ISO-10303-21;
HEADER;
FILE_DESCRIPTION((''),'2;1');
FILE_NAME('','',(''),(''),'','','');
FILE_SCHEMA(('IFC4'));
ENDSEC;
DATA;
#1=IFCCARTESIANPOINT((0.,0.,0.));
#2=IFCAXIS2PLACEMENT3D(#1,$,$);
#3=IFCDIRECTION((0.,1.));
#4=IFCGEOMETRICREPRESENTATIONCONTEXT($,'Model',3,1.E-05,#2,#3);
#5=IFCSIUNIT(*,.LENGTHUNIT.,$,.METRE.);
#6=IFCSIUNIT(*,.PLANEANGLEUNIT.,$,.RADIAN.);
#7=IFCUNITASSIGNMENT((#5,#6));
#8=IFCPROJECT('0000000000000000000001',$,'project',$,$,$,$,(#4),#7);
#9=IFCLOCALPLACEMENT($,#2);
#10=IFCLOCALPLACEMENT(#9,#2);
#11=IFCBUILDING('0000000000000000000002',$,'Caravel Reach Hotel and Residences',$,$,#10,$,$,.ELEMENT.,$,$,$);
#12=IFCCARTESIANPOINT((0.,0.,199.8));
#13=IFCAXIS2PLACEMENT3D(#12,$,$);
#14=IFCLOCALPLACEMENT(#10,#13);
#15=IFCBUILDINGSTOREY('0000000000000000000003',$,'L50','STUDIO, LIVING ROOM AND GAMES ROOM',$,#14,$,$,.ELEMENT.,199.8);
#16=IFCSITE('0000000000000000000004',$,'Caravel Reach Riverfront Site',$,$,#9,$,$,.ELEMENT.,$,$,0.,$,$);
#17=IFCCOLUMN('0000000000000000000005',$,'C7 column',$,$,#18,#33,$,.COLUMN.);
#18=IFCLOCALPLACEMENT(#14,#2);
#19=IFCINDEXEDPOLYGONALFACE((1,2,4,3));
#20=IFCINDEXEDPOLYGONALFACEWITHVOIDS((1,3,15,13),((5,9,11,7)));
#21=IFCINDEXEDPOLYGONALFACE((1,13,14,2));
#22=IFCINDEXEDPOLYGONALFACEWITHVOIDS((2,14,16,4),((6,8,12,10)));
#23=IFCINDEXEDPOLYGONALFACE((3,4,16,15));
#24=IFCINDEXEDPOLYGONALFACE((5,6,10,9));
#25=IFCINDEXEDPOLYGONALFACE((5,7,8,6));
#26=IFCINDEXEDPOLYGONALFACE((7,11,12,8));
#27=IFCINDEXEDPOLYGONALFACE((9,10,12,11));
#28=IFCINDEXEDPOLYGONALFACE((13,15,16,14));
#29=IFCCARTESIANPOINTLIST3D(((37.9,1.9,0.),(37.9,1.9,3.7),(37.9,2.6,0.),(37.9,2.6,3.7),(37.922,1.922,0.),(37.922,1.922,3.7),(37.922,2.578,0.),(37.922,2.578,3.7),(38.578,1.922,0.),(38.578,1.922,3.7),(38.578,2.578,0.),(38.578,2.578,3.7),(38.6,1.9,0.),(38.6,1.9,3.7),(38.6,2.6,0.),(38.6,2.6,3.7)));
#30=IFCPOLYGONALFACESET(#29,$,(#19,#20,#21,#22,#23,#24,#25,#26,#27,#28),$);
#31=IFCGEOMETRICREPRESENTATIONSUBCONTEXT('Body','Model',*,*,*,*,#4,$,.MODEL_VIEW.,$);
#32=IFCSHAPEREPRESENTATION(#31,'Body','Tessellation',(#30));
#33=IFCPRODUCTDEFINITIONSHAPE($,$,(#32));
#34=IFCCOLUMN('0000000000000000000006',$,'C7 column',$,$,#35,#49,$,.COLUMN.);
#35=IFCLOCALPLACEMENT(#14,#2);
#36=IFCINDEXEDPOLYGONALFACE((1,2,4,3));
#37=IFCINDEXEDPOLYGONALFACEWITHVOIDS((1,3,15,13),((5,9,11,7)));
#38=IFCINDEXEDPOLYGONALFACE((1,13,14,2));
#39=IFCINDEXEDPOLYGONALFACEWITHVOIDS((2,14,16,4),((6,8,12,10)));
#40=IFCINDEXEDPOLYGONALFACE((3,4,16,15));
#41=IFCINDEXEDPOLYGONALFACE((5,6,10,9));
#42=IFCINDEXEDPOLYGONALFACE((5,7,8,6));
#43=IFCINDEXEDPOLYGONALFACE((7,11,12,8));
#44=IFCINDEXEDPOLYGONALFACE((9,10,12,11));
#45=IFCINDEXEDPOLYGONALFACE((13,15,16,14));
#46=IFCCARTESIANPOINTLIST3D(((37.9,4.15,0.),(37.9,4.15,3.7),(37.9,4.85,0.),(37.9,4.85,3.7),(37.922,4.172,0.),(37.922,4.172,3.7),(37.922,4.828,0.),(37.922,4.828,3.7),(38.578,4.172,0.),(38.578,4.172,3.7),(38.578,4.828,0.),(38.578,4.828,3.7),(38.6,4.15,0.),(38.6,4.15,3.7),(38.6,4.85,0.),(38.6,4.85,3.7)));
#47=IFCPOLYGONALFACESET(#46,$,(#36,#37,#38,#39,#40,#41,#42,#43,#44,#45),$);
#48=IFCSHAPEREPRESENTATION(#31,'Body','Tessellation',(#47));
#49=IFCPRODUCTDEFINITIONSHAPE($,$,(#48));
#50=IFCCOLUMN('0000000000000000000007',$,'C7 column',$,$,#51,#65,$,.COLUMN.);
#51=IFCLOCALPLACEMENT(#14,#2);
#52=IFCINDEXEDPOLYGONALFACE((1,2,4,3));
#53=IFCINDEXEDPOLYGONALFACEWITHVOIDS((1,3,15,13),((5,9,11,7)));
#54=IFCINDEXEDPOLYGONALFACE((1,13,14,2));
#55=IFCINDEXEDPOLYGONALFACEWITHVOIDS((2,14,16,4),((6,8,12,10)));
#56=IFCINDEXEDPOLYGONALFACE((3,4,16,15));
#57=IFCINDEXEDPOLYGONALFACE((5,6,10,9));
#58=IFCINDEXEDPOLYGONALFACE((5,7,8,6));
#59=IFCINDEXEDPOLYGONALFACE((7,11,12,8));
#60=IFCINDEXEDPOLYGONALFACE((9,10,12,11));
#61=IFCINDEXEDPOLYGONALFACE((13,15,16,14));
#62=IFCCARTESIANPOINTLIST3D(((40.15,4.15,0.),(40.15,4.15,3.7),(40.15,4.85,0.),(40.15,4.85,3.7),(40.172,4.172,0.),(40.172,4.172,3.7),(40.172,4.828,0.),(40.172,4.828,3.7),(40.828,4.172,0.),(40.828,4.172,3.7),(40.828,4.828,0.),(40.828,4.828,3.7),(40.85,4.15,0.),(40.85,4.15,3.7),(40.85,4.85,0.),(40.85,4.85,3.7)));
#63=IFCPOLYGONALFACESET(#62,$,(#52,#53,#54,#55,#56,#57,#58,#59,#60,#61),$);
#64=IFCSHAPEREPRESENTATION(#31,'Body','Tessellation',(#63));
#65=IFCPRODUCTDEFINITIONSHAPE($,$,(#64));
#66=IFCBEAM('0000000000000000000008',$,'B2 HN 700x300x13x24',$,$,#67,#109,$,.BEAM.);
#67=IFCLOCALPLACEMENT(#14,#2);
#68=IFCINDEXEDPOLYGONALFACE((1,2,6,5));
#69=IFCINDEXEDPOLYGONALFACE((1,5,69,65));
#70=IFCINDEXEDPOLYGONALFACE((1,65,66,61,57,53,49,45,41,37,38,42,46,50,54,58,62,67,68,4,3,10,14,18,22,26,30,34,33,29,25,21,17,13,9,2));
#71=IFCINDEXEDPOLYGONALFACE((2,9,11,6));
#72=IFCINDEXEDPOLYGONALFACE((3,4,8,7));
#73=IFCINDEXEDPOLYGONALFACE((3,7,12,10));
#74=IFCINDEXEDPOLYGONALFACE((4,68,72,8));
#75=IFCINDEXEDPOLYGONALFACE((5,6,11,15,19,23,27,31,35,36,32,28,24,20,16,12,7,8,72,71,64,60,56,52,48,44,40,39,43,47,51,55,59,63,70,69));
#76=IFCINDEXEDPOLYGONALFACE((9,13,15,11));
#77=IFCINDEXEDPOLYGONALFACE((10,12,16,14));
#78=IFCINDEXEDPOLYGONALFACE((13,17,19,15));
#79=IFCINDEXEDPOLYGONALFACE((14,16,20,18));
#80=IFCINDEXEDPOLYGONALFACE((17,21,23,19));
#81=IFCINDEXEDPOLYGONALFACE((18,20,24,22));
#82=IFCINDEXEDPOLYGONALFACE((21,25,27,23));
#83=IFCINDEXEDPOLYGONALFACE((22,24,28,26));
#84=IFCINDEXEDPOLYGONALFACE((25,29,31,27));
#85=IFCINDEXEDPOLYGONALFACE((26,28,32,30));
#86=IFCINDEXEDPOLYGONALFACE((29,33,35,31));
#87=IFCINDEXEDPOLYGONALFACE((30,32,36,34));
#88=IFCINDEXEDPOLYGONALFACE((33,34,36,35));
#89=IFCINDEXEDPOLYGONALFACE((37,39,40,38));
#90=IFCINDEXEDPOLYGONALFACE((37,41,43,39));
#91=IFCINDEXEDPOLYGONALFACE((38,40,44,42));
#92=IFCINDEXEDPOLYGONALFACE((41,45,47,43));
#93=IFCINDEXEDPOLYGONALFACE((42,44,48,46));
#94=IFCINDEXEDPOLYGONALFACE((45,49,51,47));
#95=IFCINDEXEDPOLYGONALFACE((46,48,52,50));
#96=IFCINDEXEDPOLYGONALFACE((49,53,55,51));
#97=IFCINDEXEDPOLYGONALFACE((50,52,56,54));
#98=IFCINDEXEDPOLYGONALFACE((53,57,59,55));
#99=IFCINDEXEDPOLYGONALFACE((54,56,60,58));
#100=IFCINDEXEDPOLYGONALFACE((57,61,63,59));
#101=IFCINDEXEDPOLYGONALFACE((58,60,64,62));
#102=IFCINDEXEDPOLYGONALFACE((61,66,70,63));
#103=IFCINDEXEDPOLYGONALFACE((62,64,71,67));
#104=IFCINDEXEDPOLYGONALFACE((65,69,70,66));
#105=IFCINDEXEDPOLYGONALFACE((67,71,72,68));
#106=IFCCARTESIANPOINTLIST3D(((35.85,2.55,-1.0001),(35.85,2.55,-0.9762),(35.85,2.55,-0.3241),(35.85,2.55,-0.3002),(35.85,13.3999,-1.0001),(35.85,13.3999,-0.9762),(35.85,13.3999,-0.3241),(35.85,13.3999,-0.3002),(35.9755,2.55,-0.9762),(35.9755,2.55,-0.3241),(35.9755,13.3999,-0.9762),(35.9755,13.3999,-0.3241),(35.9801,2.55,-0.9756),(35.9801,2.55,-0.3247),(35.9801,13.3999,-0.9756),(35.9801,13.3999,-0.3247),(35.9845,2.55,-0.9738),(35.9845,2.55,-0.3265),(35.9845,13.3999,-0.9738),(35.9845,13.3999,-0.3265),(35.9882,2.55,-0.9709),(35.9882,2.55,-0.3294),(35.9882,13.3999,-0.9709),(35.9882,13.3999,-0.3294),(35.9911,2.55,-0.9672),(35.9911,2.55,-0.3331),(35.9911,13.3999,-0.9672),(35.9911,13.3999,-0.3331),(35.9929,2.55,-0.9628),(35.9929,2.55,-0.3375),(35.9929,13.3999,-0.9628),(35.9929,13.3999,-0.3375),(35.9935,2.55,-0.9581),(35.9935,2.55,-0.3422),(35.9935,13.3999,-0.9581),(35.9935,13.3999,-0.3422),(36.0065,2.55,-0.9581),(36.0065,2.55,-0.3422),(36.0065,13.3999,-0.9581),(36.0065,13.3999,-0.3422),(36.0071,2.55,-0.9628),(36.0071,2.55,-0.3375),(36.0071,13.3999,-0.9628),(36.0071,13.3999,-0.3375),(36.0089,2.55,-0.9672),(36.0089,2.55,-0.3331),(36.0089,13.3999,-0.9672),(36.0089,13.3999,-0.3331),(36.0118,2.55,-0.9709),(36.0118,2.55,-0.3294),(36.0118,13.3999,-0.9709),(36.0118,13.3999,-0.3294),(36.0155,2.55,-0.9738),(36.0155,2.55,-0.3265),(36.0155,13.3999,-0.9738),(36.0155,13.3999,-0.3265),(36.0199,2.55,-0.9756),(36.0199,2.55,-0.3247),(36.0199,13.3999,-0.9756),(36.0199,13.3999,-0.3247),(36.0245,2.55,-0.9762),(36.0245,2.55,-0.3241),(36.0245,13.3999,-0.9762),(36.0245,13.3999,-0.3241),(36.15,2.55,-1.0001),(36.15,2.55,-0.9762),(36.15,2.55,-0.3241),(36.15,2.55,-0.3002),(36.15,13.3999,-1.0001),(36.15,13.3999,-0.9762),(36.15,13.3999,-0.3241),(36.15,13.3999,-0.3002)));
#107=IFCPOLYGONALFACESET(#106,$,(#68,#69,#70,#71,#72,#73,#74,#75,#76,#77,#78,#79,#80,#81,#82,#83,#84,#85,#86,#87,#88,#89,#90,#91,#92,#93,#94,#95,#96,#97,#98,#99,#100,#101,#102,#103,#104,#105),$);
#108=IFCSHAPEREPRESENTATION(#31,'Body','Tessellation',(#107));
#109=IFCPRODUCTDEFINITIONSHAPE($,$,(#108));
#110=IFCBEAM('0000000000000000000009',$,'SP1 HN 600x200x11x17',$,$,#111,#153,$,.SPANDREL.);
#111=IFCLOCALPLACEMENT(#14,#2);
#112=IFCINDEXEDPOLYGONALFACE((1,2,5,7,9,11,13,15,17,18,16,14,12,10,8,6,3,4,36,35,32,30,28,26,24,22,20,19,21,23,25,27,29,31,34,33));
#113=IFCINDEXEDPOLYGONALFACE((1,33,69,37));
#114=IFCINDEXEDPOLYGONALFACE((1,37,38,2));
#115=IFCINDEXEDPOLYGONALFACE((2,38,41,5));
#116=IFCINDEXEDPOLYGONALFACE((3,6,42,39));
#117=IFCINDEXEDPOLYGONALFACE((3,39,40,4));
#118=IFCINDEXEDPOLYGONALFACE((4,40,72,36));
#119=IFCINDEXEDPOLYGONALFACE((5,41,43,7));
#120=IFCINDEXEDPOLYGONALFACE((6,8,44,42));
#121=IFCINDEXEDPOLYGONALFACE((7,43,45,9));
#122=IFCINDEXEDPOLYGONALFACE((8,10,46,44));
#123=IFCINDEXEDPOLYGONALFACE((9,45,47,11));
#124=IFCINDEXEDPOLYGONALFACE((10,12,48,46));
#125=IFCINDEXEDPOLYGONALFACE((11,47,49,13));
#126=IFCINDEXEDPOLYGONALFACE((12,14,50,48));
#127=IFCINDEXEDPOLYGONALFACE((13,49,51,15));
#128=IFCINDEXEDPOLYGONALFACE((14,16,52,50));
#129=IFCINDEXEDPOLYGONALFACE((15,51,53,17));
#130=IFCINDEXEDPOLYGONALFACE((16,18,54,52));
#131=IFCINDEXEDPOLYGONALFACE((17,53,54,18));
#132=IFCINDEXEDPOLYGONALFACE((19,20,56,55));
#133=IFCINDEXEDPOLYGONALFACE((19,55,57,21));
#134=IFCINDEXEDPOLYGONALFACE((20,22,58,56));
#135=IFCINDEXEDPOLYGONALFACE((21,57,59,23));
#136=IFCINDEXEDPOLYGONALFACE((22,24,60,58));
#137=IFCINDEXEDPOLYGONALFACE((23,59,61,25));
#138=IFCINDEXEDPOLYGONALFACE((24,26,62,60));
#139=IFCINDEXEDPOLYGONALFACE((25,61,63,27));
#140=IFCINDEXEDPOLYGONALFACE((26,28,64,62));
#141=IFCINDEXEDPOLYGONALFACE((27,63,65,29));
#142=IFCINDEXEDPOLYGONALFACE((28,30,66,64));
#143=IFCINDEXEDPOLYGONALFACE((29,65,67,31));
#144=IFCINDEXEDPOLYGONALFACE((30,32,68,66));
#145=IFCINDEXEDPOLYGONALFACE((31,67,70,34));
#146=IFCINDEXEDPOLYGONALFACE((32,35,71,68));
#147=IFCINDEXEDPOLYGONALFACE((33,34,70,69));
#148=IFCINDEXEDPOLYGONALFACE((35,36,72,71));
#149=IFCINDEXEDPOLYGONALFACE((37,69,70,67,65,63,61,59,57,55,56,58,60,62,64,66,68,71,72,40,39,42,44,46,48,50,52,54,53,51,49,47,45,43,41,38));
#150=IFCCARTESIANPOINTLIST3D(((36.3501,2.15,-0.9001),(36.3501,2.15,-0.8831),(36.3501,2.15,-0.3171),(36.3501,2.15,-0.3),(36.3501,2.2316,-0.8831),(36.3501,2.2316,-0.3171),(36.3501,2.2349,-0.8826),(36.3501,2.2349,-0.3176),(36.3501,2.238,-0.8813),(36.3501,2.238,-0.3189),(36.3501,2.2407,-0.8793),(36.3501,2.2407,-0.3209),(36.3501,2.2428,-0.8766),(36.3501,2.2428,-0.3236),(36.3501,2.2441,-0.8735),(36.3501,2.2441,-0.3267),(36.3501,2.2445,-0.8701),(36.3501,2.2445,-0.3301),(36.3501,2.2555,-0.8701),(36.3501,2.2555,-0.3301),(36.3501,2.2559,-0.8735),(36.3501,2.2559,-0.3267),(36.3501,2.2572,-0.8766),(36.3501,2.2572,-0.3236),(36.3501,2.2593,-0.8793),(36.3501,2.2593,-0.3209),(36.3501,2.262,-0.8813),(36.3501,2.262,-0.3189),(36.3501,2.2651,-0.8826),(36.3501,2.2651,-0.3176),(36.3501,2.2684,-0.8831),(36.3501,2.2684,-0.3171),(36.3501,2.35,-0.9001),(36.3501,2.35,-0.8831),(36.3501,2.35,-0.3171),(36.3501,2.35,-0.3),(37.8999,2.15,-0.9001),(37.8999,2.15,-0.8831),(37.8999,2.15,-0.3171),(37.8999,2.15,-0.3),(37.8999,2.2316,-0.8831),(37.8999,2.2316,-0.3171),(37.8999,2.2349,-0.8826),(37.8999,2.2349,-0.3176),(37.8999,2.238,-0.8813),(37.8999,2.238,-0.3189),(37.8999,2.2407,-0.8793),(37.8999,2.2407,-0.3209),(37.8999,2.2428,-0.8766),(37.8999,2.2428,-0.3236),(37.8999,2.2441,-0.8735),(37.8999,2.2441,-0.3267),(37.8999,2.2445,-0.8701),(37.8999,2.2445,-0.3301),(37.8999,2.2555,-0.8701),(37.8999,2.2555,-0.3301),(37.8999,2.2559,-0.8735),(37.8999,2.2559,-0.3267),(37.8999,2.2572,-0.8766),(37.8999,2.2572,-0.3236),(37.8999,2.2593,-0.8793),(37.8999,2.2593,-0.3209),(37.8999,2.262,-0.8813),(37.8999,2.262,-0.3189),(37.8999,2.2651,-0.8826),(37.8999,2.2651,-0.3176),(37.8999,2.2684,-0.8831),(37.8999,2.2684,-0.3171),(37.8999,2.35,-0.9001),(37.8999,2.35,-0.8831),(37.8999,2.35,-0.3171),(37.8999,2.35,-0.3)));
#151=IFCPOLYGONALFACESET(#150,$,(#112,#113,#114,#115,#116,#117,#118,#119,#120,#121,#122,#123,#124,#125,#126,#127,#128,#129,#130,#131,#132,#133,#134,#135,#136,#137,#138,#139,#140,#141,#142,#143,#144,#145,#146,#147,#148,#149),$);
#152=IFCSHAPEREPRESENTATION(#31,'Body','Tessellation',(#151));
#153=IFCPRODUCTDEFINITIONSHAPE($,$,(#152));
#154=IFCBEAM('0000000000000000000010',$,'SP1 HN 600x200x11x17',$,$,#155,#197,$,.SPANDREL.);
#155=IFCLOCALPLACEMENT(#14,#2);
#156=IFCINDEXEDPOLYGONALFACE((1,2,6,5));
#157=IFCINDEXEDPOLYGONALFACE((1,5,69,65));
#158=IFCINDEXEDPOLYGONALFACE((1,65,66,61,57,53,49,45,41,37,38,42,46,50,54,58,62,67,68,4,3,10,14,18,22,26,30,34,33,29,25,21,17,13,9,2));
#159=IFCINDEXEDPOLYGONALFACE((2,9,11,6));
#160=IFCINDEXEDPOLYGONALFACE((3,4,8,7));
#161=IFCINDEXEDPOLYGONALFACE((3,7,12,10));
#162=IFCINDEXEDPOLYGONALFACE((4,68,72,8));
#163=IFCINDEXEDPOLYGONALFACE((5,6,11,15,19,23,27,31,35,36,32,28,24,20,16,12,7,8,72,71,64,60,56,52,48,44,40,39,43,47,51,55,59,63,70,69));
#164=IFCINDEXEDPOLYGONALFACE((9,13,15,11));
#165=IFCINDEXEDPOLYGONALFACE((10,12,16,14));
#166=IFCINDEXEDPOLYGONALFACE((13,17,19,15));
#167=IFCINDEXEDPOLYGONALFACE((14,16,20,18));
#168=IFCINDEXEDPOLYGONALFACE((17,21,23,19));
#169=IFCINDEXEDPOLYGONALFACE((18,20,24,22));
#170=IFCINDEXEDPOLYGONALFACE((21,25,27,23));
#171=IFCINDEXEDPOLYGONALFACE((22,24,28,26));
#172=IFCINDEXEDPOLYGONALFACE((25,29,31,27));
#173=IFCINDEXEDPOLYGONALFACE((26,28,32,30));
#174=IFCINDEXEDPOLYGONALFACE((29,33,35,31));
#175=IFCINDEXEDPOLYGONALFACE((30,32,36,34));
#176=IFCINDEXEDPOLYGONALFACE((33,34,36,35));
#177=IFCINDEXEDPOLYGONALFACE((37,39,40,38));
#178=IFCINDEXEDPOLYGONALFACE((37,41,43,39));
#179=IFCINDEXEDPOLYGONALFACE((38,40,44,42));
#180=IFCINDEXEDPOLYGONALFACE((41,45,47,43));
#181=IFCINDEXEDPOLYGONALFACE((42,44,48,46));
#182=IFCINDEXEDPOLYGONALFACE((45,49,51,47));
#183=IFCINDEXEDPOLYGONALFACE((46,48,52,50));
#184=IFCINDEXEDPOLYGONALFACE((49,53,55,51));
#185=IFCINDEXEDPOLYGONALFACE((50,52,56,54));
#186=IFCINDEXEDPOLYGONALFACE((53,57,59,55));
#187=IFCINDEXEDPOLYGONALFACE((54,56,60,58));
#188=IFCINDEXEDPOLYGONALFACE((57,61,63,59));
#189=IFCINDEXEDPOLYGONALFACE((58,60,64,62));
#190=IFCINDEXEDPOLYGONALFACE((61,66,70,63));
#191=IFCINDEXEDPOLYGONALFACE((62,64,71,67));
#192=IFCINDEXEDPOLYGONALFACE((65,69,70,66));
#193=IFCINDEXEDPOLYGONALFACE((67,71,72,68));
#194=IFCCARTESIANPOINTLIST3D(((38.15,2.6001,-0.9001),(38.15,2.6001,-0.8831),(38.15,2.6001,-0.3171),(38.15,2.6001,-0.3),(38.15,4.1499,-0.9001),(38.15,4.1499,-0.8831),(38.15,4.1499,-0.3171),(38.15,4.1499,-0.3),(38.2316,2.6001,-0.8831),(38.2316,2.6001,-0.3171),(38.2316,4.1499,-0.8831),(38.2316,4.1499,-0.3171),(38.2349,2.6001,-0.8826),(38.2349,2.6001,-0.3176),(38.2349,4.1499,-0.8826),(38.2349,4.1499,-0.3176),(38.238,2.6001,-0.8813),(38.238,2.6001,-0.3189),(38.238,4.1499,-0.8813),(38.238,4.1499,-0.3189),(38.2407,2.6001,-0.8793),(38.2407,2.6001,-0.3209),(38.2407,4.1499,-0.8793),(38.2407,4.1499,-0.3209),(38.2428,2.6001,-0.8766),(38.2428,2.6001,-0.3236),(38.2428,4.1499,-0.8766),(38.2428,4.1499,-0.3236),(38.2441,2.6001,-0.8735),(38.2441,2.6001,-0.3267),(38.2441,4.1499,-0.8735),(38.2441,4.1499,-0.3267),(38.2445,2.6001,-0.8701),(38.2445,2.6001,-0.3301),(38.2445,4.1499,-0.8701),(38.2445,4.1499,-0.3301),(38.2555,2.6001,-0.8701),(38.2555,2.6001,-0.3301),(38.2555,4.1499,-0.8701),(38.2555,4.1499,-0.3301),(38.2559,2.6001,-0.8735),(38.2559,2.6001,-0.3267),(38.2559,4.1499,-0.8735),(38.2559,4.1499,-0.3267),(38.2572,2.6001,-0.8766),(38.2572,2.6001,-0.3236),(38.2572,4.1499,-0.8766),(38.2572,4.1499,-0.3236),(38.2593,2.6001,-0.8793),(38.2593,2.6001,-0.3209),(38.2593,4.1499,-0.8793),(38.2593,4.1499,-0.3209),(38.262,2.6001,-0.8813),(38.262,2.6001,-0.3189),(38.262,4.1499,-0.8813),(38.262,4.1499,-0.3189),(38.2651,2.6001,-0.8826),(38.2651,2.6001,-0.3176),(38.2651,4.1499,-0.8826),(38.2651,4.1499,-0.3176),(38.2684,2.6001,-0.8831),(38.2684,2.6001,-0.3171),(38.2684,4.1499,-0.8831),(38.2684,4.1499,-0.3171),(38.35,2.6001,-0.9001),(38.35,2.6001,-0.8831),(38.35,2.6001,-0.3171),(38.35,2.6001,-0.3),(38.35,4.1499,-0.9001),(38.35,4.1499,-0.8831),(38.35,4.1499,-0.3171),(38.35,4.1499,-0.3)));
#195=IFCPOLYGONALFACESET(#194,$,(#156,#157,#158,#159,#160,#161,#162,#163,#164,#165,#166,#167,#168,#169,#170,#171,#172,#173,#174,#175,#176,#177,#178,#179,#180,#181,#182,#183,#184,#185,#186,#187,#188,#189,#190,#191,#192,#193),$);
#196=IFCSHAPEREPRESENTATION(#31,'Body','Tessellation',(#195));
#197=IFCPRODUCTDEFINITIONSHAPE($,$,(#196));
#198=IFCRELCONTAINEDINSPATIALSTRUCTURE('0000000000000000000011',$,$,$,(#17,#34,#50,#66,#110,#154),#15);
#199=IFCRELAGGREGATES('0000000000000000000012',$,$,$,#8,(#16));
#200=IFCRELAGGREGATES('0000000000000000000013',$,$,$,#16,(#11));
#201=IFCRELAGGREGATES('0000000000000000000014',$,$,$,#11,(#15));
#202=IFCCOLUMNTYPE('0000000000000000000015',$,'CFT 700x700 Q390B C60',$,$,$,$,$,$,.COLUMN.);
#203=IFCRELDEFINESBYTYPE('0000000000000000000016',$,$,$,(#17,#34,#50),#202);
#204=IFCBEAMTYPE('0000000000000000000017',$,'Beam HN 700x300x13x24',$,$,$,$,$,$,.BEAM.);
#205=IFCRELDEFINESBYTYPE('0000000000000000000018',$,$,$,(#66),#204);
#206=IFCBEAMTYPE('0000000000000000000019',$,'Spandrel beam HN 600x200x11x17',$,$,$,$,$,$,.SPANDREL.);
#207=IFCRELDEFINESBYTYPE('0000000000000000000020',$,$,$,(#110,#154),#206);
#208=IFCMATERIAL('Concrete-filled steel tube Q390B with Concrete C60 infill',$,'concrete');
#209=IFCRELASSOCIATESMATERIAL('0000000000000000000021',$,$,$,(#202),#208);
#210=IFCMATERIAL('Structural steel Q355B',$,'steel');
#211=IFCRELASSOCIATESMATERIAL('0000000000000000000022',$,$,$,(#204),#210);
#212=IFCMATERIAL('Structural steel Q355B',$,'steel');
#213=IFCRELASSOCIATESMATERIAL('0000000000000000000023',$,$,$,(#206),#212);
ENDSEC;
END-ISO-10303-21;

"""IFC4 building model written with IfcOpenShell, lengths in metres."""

from ifc_helpers import new_model, si_unit, direction, frame, origin, origin_2d, place, context, subcontext, project, spatial, hollow_rectangle, i_section, extrude, material, material_profile, profile_set, type_object, element, save


model = new_model("IFC4")

# Units and contexts
model_context = context("Model", 3, precision=1e-05, world=origin(), true_north=direction((0.0, 1.0)))
body_context = subcontext(model_context, "Body", "Model", "MODEL_VIEW")
ifc_project = project(units=[si_unit("LENGTHUNIT", "METRE"), si_unit("PLANEANGLEUNIT", "RADIAN")], contexts=[model_context])

# Site, building, storey
site_placement = place(None, origin())
site = spatial("IfcSite", under=ifc_project, at=site_placement, Name="Caravel Reach Riverfront Site", CompositionType="ELEMENT", RefElevation=0.0)
building_placement = place(site_placement, origin())
building = spatial("IfcBuilding", under=site, at=building_placement, Name="Caravel Reach Hotel and Residences", CompositionType="ELEMENT")
storey_placement = place(building_placement, frame((0.0, 0.0, 199.8)))
storey = spatial("IfcBuildingStorey", under=building, at=storey_placement, Name="L50", Description="STUDIO, LIVING ROOM AND GAMES ROOM", CompositionType="ELEMENT", Elevation=199.8)

# Columns
ifc_material_1 = material(Name="Concrete-filled steel tube Q390B with Concrete C60 infill", Category="concrete")
ifc_material_profile_1 = material_profile(ifc_material_1, hollow_rectangle(XDim=0.7, YDim=0.7, WallThickness=0.022, at=origin_2d()), Name="RHS 700x700x22")
ifc_profile_set_1 = profile_set([ifc_material_profile_1], Name="Concrete-filled steel tube Q390B with Concrete C60 infill")
column_type = type_object("IfcColumnType", Name="CFT 700x700 Q390B C60", PredefinedType="COLUMN", material=ifc_profile_set_1)
for number, where, z_axis, x_axis, name in (
    (1, (38.25, 2.25, 0.0), (0.0, 0.0, 1.0), (1.0, 0.0, 0.0), "C7 column"),
    (2, (38.25, 4.5, 0.0), (0.0, 0.0, 1.0), (1.0, 0.0, 0.0), "C7 column"),
    (3, (40.5, 4.5, 0.0), (0.0, 0.0, 1.0), (1.0, 0.0, 0.0), "C7 column"),
):
    element("IfcColumn", number, at=place(storey_placement, frame(where, z_axis=z_axis, x_axis=x_axis)), inside=storey, type_object=column_type, Name=name, PredefinedType="COLUMN", context=body_context, shape_type="SweptSolid", body=[
        extrude(hollow_rectangle(XDim=0.7, YDim=0.7, WallThickness=0.022, at=origin_2d()), origin(), (0.0, 0.0, 1.0), 3.7),
    ])

# Beams
ifc_material_2 = material(Name="Structural steel Q355B", Category="steel")
ifc_material_profile_2 = material_profile(ifc_material_2, i_section(OverallWidth=0.3, OverallDepth=0.7, WebThickness=0.0129, FlangeThickness=0.0239, FilletRadius=0.0181, at=origin_2d()), Name="HN 700x300x13x24")
ifc_profile_set_2 = profile_set([ifc_material_profile_2], Name="Structural steel Q355B")
beam_type_1 = type_object("IfcBeamType", Name="Beam HN 700x300x13x24", PredefinedType="BEAM", material=ifc_profile_set_2)
beam_1_placement = place(storey_placement, frame((36.0, 13.3999, -0.6501), z_axis=(0.0, -1.0, 0.0), x_axis=(1.0, 0.0, 0.0)))
element("IfcBeam", 4, at=beam_1_placement, inside=storey, type_object=beam_type_1, Name="B2 HN 700x300x13x24", PredefinedType="BEAM", context=body_context, shape_type="SweptSolid", body=[
    extrude(i_section(OverallWidth=0.3, OverallDepth=0.7, WebThickness=0.0129, FlangeThickness=0.0239, FilletRadius=0.0181, at=origin_2d()), origin(), (0.0, 0.0, 1.0), 10.8499),
])
ifc_material_3 = material(Name="Structural steel Q355B", Category="steel")
ifc_material_profile_3 = material_profile(ifc_material_3, i_section(OverallWidth=0.2, OverallDepth=0.6001, WebThickness=0.011, FlangeThickness=0.0171, FilletRadius=0.0129, at=origin_2d()), Name="HN 600x200x11x17")
ifc_profile_set_3 = profile_set([ifc_material_profile_3], Name="Structural steel Q355B")
beam_type_2 = type_object("IfcBeamType", Name="Spandrel beam HN 600x200x11x17", PredefinedType="SPANDREL", material=ifc_profile_set_3)
for number, where, z_axis, x_axis, name in (
    (5, (36.3501, 2.25, -0.6001), (1.0, 0.0, 0.0), (0.0, 1.0, 0.0), "SP1 HN 600x200x11x17"),
    (6, (38.25, 2.6001, -0.6001), (0.0, 1.0, 0.0), (-1.0, 0.0, 0.0), "SP1 HN 600x200x11x17"),
):
    element("IfcBeam", number, at=place(storey_placement, frame(where, z_axis=z_axis, x_axis=x_axis)), inside=storey, type_object=beam_type_2, Name=name, PredefinedType="SPANDREL", context=body_context, shape_type="SweptSolid", body=[
        extrude(i_section(OverallWidth=0.2, OverallDepth=0.6001, WebThickness=0.011, FlangeThickness=0.0171, FilletRadius=0.0129, at=origin_2d()), origin(), (0.0, 0.0, 1.0), 1.5498),
    ])

save(model, "model.ifc")
